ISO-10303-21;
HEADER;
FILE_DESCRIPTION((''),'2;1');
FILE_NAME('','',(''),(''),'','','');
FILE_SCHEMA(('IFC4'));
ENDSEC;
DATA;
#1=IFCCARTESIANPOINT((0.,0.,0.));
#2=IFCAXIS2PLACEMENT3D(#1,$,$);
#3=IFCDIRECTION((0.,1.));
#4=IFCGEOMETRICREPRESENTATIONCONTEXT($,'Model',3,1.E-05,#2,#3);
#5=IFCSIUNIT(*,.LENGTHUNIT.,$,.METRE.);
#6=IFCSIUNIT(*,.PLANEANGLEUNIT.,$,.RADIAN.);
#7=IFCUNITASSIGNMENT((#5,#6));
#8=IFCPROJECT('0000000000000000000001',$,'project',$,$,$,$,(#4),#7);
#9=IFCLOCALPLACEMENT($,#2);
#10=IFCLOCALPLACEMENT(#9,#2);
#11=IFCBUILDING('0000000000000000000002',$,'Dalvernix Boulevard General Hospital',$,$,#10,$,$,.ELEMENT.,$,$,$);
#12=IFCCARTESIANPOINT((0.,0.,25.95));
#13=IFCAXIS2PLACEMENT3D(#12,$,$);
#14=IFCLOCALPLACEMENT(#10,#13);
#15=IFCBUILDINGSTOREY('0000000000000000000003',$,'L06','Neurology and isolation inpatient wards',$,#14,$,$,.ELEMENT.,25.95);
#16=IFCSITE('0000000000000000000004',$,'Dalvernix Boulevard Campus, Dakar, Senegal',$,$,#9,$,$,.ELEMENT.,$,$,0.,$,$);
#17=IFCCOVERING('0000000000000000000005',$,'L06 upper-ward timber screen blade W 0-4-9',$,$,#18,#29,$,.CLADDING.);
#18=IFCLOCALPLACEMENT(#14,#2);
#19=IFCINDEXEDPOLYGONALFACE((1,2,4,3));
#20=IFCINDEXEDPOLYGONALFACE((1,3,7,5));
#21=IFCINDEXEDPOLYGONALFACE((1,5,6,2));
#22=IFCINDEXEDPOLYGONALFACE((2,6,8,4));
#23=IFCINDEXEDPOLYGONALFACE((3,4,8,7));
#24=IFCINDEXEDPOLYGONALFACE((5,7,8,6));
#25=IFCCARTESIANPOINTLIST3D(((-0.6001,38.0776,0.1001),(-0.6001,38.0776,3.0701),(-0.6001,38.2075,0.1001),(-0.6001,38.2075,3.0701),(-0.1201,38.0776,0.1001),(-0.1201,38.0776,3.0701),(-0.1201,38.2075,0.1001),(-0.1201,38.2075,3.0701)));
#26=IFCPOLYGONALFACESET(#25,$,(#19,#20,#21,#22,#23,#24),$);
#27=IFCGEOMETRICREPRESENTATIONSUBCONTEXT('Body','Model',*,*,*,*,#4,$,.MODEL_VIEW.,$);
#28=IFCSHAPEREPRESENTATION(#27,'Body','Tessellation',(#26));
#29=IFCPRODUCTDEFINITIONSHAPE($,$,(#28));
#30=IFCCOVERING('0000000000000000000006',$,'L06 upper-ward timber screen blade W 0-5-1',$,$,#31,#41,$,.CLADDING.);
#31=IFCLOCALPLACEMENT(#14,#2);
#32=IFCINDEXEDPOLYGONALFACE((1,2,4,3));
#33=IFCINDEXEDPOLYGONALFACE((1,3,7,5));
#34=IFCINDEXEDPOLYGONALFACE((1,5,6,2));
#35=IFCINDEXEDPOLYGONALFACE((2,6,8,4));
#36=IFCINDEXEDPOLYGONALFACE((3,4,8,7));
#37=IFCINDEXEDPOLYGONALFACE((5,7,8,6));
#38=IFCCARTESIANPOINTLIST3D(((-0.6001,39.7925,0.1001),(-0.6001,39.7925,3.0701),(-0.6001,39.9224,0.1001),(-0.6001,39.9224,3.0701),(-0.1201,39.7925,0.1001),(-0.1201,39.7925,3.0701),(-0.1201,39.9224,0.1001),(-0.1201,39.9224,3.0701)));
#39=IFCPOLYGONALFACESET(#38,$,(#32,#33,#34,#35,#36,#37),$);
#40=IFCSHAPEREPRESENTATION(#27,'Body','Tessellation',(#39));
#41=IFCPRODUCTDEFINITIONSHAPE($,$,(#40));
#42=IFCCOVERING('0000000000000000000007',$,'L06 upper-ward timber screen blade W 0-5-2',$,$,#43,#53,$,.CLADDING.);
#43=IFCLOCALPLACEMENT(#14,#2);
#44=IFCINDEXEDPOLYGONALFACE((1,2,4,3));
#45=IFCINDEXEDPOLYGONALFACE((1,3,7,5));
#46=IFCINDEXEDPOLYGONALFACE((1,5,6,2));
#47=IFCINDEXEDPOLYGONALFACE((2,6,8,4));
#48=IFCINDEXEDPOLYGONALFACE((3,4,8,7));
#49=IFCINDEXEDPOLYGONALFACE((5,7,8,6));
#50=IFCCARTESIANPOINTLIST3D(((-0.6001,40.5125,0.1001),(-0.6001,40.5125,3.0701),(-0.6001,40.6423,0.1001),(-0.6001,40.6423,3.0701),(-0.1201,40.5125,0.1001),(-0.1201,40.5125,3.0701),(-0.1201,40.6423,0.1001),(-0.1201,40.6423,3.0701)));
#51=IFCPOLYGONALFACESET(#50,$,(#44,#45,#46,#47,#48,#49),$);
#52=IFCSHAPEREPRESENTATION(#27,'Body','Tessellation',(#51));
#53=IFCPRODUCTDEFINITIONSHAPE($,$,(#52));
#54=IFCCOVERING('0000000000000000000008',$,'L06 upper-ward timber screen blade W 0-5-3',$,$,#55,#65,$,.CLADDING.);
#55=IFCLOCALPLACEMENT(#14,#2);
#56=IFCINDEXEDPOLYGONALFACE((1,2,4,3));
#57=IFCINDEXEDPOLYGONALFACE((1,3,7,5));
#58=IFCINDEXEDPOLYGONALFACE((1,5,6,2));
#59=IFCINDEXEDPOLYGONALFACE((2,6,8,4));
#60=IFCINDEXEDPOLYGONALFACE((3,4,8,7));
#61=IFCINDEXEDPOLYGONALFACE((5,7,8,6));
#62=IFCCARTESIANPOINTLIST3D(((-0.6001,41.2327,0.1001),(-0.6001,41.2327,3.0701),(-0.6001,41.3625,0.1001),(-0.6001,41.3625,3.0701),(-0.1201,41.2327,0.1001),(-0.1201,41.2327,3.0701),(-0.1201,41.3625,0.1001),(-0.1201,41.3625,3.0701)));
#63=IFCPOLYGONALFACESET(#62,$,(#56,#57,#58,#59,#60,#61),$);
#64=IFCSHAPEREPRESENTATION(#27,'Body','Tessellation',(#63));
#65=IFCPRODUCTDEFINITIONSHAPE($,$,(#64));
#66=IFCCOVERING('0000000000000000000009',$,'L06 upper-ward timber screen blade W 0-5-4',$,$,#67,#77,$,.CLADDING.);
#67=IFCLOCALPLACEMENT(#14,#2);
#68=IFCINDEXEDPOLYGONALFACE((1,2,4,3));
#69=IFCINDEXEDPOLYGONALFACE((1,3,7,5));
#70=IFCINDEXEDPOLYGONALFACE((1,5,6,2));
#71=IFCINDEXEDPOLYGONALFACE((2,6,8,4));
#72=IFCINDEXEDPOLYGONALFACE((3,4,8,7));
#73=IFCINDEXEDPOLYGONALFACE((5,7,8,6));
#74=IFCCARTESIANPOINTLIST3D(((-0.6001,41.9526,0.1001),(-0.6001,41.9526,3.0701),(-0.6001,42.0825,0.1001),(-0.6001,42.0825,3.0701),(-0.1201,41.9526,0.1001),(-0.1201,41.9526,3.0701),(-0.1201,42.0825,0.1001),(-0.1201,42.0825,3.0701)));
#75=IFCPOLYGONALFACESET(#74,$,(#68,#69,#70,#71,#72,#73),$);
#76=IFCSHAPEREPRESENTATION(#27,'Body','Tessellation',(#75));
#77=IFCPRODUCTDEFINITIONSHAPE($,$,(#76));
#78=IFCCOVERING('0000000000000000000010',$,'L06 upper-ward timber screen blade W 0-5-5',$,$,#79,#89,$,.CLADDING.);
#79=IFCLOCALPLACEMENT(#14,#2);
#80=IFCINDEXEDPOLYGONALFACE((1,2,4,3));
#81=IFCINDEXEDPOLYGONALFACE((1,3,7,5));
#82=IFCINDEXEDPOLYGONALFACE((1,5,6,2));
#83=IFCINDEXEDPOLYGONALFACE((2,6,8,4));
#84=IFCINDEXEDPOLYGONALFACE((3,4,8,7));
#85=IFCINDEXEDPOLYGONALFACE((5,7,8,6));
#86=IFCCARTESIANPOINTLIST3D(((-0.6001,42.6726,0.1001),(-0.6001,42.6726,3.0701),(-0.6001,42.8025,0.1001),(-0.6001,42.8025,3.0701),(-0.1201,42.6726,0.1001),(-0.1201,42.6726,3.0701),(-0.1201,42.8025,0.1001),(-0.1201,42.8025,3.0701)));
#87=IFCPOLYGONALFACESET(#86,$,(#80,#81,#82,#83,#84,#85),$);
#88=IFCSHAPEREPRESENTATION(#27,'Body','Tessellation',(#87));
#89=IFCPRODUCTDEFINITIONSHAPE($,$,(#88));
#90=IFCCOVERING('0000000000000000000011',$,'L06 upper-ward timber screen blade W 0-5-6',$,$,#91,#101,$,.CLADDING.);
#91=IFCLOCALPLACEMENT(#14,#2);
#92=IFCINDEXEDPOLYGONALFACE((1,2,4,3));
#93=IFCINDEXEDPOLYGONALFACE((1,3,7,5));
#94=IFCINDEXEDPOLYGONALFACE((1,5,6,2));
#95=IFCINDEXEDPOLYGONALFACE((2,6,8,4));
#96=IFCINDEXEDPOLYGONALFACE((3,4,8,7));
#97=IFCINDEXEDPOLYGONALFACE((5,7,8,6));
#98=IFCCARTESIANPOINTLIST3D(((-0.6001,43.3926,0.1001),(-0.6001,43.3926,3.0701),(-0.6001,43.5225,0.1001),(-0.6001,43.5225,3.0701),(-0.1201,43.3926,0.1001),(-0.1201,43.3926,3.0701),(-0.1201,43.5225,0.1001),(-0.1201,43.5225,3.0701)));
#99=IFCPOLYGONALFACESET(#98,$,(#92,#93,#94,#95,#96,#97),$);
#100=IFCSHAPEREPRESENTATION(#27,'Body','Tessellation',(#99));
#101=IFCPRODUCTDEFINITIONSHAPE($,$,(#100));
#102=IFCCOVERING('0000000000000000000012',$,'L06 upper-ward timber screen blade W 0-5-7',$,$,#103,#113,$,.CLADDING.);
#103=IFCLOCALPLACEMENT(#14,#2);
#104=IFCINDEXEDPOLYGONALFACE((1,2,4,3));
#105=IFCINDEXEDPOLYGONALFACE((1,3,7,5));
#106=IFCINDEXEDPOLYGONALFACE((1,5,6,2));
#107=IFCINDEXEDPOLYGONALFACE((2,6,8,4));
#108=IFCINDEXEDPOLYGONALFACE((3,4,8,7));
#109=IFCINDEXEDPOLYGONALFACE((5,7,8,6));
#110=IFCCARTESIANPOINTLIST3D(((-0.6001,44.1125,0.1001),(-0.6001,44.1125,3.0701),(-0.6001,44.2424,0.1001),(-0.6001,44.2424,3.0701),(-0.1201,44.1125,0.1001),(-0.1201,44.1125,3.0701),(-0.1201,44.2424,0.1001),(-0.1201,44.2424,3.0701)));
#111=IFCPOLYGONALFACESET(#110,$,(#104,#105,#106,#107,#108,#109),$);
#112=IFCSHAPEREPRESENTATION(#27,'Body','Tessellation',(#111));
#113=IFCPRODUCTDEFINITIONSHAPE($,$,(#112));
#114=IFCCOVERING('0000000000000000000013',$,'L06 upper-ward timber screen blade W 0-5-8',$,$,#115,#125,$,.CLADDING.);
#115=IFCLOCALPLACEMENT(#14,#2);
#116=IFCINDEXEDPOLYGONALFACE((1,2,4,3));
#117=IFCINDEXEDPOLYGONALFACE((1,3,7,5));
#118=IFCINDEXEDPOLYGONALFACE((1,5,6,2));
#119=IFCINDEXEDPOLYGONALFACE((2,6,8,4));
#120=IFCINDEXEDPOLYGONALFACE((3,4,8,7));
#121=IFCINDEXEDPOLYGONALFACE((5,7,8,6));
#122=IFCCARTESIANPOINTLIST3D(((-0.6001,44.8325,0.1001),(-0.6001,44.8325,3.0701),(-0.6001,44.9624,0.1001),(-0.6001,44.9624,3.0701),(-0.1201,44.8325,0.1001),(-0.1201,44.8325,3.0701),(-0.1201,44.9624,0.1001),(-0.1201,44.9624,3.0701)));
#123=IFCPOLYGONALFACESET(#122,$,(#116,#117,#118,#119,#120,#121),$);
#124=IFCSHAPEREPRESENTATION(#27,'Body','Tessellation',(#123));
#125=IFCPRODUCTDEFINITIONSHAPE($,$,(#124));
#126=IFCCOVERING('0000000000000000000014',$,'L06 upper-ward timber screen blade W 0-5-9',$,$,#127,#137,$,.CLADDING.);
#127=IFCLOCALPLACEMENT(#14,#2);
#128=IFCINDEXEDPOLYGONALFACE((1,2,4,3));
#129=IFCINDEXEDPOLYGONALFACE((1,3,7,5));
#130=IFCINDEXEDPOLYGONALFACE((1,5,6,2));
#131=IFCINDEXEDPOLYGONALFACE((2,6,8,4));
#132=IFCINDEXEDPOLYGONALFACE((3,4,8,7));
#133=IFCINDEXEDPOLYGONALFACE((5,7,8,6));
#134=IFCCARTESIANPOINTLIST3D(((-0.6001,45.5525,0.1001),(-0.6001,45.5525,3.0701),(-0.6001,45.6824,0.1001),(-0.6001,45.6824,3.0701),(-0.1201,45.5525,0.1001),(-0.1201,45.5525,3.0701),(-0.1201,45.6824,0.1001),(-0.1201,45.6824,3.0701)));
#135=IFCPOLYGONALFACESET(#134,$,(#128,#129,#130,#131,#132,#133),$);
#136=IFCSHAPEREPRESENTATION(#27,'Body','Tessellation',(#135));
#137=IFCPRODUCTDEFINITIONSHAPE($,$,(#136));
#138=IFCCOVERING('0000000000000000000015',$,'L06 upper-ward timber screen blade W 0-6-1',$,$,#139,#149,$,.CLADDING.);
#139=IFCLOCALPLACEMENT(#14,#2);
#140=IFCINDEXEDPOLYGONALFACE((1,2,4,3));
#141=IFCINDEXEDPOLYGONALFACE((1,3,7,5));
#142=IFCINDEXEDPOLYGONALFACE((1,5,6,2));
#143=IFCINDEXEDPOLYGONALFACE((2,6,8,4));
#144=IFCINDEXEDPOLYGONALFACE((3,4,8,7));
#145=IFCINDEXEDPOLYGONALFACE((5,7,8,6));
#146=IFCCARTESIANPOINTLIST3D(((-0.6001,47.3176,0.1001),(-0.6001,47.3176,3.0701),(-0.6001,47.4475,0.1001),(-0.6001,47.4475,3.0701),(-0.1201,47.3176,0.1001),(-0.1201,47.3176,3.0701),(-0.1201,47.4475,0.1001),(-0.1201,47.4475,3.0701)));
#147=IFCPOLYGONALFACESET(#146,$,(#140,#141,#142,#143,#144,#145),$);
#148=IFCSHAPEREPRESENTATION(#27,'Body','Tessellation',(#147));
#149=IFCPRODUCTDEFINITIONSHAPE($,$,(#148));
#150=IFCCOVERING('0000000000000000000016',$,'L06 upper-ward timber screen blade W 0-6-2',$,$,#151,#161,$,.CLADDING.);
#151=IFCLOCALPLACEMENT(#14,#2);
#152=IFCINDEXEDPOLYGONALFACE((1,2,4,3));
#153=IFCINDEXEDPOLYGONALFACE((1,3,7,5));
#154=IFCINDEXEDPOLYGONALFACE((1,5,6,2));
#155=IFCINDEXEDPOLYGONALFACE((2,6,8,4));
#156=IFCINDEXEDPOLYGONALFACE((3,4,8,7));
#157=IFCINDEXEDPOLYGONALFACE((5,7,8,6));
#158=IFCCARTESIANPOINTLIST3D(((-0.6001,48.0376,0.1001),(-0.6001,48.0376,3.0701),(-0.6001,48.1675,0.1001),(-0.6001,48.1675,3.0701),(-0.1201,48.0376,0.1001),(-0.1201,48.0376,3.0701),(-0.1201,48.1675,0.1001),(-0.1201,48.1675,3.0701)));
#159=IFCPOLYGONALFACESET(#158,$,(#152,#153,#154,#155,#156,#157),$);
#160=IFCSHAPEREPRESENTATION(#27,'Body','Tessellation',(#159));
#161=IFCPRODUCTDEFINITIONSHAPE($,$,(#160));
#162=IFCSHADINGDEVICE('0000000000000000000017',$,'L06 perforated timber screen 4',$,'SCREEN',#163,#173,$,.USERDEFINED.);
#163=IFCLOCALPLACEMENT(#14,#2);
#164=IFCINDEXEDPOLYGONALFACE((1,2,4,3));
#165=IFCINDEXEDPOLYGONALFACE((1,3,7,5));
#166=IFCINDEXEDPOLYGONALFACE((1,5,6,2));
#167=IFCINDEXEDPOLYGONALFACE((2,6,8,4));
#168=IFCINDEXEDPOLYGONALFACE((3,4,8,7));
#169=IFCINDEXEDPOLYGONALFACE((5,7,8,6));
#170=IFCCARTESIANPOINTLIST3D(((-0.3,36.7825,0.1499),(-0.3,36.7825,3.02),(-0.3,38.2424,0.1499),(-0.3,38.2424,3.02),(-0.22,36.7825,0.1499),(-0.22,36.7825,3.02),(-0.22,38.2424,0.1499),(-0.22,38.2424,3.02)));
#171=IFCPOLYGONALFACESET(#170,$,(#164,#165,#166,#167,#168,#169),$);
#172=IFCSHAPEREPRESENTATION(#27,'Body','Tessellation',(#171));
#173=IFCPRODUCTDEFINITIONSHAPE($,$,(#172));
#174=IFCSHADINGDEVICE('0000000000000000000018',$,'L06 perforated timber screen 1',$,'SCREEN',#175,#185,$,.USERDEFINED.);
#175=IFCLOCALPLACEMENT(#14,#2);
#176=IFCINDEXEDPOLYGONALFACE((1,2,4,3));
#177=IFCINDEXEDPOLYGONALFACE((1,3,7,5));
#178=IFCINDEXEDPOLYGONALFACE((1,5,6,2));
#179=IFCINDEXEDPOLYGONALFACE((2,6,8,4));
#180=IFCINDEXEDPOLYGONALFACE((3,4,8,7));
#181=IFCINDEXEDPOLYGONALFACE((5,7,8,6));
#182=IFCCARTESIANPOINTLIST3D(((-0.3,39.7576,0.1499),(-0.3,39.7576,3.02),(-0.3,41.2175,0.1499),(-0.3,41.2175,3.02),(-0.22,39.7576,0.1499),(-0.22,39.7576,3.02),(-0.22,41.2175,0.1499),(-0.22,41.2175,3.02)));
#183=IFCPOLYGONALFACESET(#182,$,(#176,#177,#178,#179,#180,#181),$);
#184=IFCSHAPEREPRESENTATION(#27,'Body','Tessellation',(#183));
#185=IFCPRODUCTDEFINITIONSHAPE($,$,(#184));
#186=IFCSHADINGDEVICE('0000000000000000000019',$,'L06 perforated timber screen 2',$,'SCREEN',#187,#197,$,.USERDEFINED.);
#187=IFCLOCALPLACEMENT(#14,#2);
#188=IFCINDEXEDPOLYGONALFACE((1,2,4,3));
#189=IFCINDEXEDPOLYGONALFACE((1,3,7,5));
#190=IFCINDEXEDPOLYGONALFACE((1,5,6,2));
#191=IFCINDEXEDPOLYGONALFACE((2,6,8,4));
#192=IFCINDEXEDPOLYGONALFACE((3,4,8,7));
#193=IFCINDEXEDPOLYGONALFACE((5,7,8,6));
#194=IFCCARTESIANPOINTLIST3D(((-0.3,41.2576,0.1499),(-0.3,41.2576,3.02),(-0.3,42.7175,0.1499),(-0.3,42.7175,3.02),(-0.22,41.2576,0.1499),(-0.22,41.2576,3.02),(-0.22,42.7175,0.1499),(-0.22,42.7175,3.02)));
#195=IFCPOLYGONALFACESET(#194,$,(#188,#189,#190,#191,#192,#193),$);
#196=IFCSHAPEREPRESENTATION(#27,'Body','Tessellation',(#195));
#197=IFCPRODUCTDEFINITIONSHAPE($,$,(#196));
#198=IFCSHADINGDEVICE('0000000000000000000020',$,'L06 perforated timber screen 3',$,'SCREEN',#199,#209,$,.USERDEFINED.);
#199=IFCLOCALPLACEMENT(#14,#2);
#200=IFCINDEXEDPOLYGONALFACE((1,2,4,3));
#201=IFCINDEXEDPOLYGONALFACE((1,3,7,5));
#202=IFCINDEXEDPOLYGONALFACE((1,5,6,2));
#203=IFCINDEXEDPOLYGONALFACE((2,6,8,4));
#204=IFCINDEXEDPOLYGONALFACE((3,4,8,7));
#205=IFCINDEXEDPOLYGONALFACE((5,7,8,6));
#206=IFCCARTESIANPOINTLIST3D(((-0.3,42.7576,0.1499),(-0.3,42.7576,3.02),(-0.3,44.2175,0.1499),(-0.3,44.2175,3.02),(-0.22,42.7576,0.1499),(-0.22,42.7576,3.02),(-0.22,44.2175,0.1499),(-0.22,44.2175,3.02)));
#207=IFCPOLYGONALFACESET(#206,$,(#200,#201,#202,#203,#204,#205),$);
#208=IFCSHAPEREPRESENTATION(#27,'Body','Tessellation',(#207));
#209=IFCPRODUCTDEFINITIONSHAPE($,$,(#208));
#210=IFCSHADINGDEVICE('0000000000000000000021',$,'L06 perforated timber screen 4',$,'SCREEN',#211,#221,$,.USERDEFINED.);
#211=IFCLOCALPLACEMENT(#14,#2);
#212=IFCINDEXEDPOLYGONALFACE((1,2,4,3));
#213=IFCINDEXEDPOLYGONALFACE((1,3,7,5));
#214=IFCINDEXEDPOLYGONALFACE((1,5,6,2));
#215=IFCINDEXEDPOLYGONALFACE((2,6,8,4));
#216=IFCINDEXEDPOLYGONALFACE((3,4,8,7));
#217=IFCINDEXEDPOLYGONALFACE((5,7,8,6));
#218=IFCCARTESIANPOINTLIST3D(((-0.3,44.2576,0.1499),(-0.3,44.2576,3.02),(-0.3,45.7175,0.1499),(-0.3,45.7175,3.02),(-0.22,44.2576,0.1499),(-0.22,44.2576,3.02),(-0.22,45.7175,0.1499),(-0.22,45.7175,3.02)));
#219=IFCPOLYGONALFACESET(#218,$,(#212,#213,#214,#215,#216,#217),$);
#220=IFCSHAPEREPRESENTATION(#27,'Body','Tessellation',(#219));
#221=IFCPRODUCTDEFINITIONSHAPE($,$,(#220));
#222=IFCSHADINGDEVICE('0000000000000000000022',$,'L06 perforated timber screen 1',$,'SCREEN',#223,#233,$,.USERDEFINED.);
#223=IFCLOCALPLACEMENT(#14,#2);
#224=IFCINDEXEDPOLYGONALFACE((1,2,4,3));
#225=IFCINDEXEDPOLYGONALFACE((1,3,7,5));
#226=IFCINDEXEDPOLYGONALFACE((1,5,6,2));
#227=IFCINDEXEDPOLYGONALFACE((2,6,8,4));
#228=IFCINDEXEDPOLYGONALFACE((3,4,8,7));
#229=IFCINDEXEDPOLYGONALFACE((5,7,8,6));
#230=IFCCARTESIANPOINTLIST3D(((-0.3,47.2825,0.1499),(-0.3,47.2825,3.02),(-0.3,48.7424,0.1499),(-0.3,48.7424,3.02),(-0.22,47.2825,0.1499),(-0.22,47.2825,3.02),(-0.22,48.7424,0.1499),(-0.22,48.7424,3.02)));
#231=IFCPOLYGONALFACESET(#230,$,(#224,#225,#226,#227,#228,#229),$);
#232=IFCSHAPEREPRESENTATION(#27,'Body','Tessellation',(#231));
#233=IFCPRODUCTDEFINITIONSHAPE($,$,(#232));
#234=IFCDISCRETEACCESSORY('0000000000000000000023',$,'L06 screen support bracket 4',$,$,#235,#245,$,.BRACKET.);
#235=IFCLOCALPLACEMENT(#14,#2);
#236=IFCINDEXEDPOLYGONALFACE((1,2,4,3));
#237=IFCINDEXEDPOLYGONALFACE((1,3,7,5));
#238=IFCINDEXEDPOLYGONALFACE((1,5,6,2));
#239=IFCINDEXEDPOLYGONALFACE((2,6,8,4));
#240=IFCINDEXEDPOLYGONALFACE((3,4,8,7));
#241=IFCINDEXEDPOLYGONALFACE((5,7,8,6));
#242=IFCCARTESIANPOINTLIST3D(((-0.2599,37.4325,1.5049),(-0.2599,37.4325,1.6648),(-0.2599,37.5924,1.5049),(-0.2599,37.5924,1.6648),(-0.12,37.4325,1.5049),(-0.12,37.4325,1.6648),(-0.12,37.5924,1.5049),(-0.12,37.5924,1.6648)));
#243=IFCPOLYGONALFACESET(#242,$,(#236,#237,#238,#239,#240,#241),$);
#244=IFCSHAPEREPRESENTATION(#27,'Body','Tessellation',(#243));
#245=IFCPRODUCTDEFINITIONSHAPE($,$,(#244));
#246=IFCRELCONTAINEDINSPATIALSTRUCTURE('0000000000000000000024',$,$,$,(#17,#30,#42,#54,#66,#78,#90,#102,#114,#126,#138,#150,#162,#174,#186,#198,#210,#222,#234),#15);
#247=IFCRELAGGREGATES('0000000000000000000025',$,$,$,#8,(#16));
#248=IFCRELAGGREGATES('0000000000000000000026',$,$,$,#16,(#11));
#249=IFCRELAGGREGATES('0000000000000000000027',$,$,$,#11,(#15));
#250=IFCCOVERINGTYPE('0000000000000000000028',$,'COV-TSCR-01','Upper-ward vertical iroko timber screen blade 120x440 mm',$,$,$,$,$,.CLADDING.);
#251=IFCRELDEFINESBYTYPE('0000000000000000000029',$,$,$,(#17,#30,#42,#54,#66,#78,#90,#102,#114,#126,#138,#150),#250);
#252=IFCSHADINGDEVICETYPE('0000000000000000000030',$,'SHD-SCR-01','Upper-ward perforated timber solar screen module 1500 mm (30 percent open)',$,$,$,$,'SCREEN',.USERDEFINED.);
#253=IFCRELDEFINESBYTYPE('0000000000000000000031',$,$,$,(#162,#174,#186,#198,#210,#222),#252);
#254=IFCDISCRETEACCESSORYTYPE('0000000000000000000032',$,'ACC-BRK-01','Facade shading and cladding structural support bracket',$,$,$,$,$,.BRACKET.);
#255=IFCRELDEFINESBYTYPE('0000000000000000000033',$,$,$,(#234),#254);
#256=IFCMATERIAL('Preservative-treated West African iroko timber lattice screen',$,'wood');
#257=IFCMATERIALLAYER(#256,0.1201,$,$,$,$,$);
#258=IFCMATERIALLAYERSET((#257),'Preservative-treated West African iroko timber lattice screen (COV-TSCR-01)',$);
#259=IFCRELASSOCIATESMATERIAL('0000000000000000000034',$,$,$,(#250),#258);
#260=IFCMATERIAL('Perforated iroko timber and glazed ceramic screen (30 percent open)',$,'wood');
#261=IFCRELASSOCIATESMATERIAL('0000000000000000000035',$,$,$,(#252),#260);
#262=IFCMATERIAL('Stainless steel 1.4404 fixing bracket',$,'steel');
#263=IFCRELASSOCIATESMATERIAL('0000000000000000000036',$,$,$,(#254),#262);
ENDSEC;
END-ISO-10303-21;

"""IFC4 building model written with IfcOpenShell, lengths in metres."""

from ifc_helpers import new_model, si_unit, direction, frame, origin, origin_2d, place, context, subcontext, project, spatial, rectangle, extrude, material, layer, layer_set, type_object, element, save


model = new_model("IFC4")

# Units and contexts
model_context = context("Model", 3, precision=1e-05, world=origin(), true_north=direction((0.0, 1.0)))
body_context = subcontext(model_context, "Body", "Model", "MODEL_VIEW")
ifc_project = project(units=[si_unit("LENGTHUNIT", "METRE"), si_unit("PLANEANGLEUNIT", "RADIAN")], contexts=[model_context])

# Site, building, storey
site_placement = place(None, origin())
site = spatial("IfcSite", under=ifc_project, at=site_placement, Name="Dalvernix Boulevard Campus, Dakar, Senegal", CompositionType="ELEMENT", RefElevation=0.0)
building_placement = place(site_placement, origin())
building = spatial("IfcBuilding", under=site, at=building_placement, Name="Dalvernix Boulevard General Hospital", CompositionType="ELEMENT")
storey_placement = place(building_placement, frame((0.0, 0.0, 25.95)))
storey = spatial("IfcBuildingStorey", under=building, at=storey_placement, Name="L06", Description="Neurology and isolation inpatient wards", CompositionType="ELEMENT", Elevation=25.95)

# Coverings
ifc_material_1 = material(Name="Preservative-treated West African iroko timber lattice screen", Category="wood")
ifc_layer = layer(ifc_material_1, 0.1201)
ifc_layer_set = layer_set([ifc_layer], Name="Preservative-treated West African iroko timber lattice screen (COV-TSCR-01)")
covering_type = type_object("IfcCoveringType", Name="COV-TSCR-01", Description="Upper-ward vertical iroko timber screen blade 120x440 mm", PredefinedType="CLADDING", material=ifc_layer_set)
for number, where, z_axis, x_axis, name in (
    (1, (-0.3601, 38.1426, 0.1001), (0.0, 0.0, 1.0), (0.0, 1.0, 0.0), "L06 upper-ward timber screen blade W 0-4-9"),
    (2, (-0.3601, 39.8574, 0.1001), (0.0, 0.0, 1.0), (0.0, 1.0, 0.0), "L06 upper-ward timber screen blade W 0-5-1"),
    (3, (-0.3601, 40.5774, 0.1001), (0.0, 0.0, 1.0), (0.0, 1.0, 0.0), "L06 upper-ward timber screen blade W 0-5-2"),
    (4, (-0.3601, 41.2976, 0.1001), (0.0, 0.0, 1.0), (0.0, 1.0, 0.0), "L06 upper-ward timber screen blade W 0-5-3"),
    (5, (-0.3601, 42.0176, 0.1001), (0.0, 0.0, 1.0), (0.0, 1.0, 0.0), "L06 upper-ward timber screen blade W 0-5-4"),
    (6, (-0.3601, 42.7375, 0.1001), (0.0, 0.0, 1.0), (0.0, 1.0, 0.0), "L06 upper-ward timber screen blade W 0-5-5"),
    (7, (-0.3601, 43.4575, 0.1001), (0.0, 0.0, 1.0), (0.0, 1.0, 0.0), "L06 upper-ward timber screen blade W 0-5-6"),
    (8, (-0.3601, 44.1775, 0.1001), (0.0, 0.0, 1.0), (0.0, 1.0, 0.0), "L06 upper-ward timber screen blade W 0-5-7"),
    (9, (-0.3601, 44.8975, 0.1001), (0.0, 0.0, 1.0), (0.0, 1.0, 0.0), "L06 upper-ward timber screen blade W 0-5-8"),
    (10, (-0.3601, 45.6174, 0.1001), (0.0, 0.0, 1.0), (0.0, 1.0, 0.0), "L06 upper-ward timber screen blade W 0-5-9"),
    (11, (-0.3601, 47.3826, 0.1001), (0.0, 0.0, 1.0), (0.0, 1.0, 0.0), "L06 upper-ward timber screen blade W 0-6-1"),
    (12, (-0.3601, 48.1025, 0.1001), (0.0, 0.0, 1.0), (0.0, 1.0, 0.0), "L06 upper-ward timber screen blade W 0-6-2"),
):
    element("IfcCovering", number, at=place(storey_placement, frame(where, z_axis=z_axis, x_axis=x_axis)), inside=storey, type_object=covering_type, Name=name, PredefinedType="CLADDING", context=body_context, shape_type="SweptSolid", body=[
        extrude(rectangle(XDim=0.1299, YDim=0.48, at=origin_2d()), origin(), (0.0, 0.0, 1.0), 2.97),
    ])

# Shading devices
ifc_material_2 = material(Name="Perforated iroko timber and glazed ceramic screen (30 percent open)", Category="wood")
shading_device_type = type_object("IfcShadingDeviceType", Name="SHD-SCR-01", Description="Upper-ward perforated timber solar screen module 1500 mm (30 percent open)", ElementType="SCREEN", PredefinedType="USERDEFINED", material=ifc_material_2)
for number, where, z_axis, x_axis, name in (
    (13, (-0.26, 37.5125, 0.1499), (0.0, 0.0, 1.0), (0.0, 1.0, 0.0), "L06 perforated timber screen 4"),
    (14, (-0.26, 40.4875, 0.1499), (0.0, 0.0, 1.0), (0.0, 1.0, 0.0), "L06 perforated timber screen 1"),
    (15, (-0.26, 41.9875, 0.1499), (0.0, 0.0, 1.0), (0.0, 1.0, 0.0), "L06 perforated timber screen 2"),
    (16, (-0.26, 43.4875, 0.1499), (0.0, 0.0, 1.0), (0.0, 1.0, 0.0), "L06 perforated timber screen 3"),
    (17, (-0.26, 44.9875, 0.1499), (0.0, 0.0, 1.0), (0.0, 1.0, 0.0), "L06 perforated timber screen 4"),
    (18, (-0.26, 48.0125, 0.1499), (0.0, 0.0, 1.0), (0.0, 1.0, 0.0), "L06 perforated timber screen 1"),
):
    element("IfcShadingDevice", number, at=place(storey_placement, frame(where, z_axis=z_axis, x_axis=x_axis)), inside=storey, type_object=shading_device_type, Name=name, ObjectType="SCREEN", PredefinedType="USERDEFINED", context=body_context, shape_type="SweptSolid", body=[
        extrude(rectangle(XDim=1.46, YDim=0.0801, at=origin_2d()), origin(), (0.0, 0.0, 1.0), 2.8701),
    ])

# Discrete accessory
ifc_material_3 = material(Name="Stainless steel 1.4404 fixing bracket", Category="steel")
discrete_accessory_type = type_object("IfcDiscreteAccessoryType", Name="ACC-BRK-01", Description="Facade shading and cladding structural support bracket", PredefinedType="BRACKET", material=ifc_material_3)
for number, where, z_axis, x_axis, name in (
    (19, (-0.1899, 37.5125, 1.5049), (0.0, 0.0, 1.0), (0.0, 1.0, 0.0), "L06 screen support bracket 4"),
):
    element("IfcDiscreteAccessory", number, at=place(storey_placement, frame(where, z_axis=z_axis, x_axis=x_axis)), inside=storey, type_object=discrete_accessory_type, Name=name, PredefinedType="BRACKET", context=body_context, shape_type="SweptSolid", body=[
        extrude(rectangle(XDim=0.1599, YDim=0.1399, at=origin_2d()), origin(), (0.0, 0.0, 1.0), 0.1599),
    ])

save(model, "model.ifc")
